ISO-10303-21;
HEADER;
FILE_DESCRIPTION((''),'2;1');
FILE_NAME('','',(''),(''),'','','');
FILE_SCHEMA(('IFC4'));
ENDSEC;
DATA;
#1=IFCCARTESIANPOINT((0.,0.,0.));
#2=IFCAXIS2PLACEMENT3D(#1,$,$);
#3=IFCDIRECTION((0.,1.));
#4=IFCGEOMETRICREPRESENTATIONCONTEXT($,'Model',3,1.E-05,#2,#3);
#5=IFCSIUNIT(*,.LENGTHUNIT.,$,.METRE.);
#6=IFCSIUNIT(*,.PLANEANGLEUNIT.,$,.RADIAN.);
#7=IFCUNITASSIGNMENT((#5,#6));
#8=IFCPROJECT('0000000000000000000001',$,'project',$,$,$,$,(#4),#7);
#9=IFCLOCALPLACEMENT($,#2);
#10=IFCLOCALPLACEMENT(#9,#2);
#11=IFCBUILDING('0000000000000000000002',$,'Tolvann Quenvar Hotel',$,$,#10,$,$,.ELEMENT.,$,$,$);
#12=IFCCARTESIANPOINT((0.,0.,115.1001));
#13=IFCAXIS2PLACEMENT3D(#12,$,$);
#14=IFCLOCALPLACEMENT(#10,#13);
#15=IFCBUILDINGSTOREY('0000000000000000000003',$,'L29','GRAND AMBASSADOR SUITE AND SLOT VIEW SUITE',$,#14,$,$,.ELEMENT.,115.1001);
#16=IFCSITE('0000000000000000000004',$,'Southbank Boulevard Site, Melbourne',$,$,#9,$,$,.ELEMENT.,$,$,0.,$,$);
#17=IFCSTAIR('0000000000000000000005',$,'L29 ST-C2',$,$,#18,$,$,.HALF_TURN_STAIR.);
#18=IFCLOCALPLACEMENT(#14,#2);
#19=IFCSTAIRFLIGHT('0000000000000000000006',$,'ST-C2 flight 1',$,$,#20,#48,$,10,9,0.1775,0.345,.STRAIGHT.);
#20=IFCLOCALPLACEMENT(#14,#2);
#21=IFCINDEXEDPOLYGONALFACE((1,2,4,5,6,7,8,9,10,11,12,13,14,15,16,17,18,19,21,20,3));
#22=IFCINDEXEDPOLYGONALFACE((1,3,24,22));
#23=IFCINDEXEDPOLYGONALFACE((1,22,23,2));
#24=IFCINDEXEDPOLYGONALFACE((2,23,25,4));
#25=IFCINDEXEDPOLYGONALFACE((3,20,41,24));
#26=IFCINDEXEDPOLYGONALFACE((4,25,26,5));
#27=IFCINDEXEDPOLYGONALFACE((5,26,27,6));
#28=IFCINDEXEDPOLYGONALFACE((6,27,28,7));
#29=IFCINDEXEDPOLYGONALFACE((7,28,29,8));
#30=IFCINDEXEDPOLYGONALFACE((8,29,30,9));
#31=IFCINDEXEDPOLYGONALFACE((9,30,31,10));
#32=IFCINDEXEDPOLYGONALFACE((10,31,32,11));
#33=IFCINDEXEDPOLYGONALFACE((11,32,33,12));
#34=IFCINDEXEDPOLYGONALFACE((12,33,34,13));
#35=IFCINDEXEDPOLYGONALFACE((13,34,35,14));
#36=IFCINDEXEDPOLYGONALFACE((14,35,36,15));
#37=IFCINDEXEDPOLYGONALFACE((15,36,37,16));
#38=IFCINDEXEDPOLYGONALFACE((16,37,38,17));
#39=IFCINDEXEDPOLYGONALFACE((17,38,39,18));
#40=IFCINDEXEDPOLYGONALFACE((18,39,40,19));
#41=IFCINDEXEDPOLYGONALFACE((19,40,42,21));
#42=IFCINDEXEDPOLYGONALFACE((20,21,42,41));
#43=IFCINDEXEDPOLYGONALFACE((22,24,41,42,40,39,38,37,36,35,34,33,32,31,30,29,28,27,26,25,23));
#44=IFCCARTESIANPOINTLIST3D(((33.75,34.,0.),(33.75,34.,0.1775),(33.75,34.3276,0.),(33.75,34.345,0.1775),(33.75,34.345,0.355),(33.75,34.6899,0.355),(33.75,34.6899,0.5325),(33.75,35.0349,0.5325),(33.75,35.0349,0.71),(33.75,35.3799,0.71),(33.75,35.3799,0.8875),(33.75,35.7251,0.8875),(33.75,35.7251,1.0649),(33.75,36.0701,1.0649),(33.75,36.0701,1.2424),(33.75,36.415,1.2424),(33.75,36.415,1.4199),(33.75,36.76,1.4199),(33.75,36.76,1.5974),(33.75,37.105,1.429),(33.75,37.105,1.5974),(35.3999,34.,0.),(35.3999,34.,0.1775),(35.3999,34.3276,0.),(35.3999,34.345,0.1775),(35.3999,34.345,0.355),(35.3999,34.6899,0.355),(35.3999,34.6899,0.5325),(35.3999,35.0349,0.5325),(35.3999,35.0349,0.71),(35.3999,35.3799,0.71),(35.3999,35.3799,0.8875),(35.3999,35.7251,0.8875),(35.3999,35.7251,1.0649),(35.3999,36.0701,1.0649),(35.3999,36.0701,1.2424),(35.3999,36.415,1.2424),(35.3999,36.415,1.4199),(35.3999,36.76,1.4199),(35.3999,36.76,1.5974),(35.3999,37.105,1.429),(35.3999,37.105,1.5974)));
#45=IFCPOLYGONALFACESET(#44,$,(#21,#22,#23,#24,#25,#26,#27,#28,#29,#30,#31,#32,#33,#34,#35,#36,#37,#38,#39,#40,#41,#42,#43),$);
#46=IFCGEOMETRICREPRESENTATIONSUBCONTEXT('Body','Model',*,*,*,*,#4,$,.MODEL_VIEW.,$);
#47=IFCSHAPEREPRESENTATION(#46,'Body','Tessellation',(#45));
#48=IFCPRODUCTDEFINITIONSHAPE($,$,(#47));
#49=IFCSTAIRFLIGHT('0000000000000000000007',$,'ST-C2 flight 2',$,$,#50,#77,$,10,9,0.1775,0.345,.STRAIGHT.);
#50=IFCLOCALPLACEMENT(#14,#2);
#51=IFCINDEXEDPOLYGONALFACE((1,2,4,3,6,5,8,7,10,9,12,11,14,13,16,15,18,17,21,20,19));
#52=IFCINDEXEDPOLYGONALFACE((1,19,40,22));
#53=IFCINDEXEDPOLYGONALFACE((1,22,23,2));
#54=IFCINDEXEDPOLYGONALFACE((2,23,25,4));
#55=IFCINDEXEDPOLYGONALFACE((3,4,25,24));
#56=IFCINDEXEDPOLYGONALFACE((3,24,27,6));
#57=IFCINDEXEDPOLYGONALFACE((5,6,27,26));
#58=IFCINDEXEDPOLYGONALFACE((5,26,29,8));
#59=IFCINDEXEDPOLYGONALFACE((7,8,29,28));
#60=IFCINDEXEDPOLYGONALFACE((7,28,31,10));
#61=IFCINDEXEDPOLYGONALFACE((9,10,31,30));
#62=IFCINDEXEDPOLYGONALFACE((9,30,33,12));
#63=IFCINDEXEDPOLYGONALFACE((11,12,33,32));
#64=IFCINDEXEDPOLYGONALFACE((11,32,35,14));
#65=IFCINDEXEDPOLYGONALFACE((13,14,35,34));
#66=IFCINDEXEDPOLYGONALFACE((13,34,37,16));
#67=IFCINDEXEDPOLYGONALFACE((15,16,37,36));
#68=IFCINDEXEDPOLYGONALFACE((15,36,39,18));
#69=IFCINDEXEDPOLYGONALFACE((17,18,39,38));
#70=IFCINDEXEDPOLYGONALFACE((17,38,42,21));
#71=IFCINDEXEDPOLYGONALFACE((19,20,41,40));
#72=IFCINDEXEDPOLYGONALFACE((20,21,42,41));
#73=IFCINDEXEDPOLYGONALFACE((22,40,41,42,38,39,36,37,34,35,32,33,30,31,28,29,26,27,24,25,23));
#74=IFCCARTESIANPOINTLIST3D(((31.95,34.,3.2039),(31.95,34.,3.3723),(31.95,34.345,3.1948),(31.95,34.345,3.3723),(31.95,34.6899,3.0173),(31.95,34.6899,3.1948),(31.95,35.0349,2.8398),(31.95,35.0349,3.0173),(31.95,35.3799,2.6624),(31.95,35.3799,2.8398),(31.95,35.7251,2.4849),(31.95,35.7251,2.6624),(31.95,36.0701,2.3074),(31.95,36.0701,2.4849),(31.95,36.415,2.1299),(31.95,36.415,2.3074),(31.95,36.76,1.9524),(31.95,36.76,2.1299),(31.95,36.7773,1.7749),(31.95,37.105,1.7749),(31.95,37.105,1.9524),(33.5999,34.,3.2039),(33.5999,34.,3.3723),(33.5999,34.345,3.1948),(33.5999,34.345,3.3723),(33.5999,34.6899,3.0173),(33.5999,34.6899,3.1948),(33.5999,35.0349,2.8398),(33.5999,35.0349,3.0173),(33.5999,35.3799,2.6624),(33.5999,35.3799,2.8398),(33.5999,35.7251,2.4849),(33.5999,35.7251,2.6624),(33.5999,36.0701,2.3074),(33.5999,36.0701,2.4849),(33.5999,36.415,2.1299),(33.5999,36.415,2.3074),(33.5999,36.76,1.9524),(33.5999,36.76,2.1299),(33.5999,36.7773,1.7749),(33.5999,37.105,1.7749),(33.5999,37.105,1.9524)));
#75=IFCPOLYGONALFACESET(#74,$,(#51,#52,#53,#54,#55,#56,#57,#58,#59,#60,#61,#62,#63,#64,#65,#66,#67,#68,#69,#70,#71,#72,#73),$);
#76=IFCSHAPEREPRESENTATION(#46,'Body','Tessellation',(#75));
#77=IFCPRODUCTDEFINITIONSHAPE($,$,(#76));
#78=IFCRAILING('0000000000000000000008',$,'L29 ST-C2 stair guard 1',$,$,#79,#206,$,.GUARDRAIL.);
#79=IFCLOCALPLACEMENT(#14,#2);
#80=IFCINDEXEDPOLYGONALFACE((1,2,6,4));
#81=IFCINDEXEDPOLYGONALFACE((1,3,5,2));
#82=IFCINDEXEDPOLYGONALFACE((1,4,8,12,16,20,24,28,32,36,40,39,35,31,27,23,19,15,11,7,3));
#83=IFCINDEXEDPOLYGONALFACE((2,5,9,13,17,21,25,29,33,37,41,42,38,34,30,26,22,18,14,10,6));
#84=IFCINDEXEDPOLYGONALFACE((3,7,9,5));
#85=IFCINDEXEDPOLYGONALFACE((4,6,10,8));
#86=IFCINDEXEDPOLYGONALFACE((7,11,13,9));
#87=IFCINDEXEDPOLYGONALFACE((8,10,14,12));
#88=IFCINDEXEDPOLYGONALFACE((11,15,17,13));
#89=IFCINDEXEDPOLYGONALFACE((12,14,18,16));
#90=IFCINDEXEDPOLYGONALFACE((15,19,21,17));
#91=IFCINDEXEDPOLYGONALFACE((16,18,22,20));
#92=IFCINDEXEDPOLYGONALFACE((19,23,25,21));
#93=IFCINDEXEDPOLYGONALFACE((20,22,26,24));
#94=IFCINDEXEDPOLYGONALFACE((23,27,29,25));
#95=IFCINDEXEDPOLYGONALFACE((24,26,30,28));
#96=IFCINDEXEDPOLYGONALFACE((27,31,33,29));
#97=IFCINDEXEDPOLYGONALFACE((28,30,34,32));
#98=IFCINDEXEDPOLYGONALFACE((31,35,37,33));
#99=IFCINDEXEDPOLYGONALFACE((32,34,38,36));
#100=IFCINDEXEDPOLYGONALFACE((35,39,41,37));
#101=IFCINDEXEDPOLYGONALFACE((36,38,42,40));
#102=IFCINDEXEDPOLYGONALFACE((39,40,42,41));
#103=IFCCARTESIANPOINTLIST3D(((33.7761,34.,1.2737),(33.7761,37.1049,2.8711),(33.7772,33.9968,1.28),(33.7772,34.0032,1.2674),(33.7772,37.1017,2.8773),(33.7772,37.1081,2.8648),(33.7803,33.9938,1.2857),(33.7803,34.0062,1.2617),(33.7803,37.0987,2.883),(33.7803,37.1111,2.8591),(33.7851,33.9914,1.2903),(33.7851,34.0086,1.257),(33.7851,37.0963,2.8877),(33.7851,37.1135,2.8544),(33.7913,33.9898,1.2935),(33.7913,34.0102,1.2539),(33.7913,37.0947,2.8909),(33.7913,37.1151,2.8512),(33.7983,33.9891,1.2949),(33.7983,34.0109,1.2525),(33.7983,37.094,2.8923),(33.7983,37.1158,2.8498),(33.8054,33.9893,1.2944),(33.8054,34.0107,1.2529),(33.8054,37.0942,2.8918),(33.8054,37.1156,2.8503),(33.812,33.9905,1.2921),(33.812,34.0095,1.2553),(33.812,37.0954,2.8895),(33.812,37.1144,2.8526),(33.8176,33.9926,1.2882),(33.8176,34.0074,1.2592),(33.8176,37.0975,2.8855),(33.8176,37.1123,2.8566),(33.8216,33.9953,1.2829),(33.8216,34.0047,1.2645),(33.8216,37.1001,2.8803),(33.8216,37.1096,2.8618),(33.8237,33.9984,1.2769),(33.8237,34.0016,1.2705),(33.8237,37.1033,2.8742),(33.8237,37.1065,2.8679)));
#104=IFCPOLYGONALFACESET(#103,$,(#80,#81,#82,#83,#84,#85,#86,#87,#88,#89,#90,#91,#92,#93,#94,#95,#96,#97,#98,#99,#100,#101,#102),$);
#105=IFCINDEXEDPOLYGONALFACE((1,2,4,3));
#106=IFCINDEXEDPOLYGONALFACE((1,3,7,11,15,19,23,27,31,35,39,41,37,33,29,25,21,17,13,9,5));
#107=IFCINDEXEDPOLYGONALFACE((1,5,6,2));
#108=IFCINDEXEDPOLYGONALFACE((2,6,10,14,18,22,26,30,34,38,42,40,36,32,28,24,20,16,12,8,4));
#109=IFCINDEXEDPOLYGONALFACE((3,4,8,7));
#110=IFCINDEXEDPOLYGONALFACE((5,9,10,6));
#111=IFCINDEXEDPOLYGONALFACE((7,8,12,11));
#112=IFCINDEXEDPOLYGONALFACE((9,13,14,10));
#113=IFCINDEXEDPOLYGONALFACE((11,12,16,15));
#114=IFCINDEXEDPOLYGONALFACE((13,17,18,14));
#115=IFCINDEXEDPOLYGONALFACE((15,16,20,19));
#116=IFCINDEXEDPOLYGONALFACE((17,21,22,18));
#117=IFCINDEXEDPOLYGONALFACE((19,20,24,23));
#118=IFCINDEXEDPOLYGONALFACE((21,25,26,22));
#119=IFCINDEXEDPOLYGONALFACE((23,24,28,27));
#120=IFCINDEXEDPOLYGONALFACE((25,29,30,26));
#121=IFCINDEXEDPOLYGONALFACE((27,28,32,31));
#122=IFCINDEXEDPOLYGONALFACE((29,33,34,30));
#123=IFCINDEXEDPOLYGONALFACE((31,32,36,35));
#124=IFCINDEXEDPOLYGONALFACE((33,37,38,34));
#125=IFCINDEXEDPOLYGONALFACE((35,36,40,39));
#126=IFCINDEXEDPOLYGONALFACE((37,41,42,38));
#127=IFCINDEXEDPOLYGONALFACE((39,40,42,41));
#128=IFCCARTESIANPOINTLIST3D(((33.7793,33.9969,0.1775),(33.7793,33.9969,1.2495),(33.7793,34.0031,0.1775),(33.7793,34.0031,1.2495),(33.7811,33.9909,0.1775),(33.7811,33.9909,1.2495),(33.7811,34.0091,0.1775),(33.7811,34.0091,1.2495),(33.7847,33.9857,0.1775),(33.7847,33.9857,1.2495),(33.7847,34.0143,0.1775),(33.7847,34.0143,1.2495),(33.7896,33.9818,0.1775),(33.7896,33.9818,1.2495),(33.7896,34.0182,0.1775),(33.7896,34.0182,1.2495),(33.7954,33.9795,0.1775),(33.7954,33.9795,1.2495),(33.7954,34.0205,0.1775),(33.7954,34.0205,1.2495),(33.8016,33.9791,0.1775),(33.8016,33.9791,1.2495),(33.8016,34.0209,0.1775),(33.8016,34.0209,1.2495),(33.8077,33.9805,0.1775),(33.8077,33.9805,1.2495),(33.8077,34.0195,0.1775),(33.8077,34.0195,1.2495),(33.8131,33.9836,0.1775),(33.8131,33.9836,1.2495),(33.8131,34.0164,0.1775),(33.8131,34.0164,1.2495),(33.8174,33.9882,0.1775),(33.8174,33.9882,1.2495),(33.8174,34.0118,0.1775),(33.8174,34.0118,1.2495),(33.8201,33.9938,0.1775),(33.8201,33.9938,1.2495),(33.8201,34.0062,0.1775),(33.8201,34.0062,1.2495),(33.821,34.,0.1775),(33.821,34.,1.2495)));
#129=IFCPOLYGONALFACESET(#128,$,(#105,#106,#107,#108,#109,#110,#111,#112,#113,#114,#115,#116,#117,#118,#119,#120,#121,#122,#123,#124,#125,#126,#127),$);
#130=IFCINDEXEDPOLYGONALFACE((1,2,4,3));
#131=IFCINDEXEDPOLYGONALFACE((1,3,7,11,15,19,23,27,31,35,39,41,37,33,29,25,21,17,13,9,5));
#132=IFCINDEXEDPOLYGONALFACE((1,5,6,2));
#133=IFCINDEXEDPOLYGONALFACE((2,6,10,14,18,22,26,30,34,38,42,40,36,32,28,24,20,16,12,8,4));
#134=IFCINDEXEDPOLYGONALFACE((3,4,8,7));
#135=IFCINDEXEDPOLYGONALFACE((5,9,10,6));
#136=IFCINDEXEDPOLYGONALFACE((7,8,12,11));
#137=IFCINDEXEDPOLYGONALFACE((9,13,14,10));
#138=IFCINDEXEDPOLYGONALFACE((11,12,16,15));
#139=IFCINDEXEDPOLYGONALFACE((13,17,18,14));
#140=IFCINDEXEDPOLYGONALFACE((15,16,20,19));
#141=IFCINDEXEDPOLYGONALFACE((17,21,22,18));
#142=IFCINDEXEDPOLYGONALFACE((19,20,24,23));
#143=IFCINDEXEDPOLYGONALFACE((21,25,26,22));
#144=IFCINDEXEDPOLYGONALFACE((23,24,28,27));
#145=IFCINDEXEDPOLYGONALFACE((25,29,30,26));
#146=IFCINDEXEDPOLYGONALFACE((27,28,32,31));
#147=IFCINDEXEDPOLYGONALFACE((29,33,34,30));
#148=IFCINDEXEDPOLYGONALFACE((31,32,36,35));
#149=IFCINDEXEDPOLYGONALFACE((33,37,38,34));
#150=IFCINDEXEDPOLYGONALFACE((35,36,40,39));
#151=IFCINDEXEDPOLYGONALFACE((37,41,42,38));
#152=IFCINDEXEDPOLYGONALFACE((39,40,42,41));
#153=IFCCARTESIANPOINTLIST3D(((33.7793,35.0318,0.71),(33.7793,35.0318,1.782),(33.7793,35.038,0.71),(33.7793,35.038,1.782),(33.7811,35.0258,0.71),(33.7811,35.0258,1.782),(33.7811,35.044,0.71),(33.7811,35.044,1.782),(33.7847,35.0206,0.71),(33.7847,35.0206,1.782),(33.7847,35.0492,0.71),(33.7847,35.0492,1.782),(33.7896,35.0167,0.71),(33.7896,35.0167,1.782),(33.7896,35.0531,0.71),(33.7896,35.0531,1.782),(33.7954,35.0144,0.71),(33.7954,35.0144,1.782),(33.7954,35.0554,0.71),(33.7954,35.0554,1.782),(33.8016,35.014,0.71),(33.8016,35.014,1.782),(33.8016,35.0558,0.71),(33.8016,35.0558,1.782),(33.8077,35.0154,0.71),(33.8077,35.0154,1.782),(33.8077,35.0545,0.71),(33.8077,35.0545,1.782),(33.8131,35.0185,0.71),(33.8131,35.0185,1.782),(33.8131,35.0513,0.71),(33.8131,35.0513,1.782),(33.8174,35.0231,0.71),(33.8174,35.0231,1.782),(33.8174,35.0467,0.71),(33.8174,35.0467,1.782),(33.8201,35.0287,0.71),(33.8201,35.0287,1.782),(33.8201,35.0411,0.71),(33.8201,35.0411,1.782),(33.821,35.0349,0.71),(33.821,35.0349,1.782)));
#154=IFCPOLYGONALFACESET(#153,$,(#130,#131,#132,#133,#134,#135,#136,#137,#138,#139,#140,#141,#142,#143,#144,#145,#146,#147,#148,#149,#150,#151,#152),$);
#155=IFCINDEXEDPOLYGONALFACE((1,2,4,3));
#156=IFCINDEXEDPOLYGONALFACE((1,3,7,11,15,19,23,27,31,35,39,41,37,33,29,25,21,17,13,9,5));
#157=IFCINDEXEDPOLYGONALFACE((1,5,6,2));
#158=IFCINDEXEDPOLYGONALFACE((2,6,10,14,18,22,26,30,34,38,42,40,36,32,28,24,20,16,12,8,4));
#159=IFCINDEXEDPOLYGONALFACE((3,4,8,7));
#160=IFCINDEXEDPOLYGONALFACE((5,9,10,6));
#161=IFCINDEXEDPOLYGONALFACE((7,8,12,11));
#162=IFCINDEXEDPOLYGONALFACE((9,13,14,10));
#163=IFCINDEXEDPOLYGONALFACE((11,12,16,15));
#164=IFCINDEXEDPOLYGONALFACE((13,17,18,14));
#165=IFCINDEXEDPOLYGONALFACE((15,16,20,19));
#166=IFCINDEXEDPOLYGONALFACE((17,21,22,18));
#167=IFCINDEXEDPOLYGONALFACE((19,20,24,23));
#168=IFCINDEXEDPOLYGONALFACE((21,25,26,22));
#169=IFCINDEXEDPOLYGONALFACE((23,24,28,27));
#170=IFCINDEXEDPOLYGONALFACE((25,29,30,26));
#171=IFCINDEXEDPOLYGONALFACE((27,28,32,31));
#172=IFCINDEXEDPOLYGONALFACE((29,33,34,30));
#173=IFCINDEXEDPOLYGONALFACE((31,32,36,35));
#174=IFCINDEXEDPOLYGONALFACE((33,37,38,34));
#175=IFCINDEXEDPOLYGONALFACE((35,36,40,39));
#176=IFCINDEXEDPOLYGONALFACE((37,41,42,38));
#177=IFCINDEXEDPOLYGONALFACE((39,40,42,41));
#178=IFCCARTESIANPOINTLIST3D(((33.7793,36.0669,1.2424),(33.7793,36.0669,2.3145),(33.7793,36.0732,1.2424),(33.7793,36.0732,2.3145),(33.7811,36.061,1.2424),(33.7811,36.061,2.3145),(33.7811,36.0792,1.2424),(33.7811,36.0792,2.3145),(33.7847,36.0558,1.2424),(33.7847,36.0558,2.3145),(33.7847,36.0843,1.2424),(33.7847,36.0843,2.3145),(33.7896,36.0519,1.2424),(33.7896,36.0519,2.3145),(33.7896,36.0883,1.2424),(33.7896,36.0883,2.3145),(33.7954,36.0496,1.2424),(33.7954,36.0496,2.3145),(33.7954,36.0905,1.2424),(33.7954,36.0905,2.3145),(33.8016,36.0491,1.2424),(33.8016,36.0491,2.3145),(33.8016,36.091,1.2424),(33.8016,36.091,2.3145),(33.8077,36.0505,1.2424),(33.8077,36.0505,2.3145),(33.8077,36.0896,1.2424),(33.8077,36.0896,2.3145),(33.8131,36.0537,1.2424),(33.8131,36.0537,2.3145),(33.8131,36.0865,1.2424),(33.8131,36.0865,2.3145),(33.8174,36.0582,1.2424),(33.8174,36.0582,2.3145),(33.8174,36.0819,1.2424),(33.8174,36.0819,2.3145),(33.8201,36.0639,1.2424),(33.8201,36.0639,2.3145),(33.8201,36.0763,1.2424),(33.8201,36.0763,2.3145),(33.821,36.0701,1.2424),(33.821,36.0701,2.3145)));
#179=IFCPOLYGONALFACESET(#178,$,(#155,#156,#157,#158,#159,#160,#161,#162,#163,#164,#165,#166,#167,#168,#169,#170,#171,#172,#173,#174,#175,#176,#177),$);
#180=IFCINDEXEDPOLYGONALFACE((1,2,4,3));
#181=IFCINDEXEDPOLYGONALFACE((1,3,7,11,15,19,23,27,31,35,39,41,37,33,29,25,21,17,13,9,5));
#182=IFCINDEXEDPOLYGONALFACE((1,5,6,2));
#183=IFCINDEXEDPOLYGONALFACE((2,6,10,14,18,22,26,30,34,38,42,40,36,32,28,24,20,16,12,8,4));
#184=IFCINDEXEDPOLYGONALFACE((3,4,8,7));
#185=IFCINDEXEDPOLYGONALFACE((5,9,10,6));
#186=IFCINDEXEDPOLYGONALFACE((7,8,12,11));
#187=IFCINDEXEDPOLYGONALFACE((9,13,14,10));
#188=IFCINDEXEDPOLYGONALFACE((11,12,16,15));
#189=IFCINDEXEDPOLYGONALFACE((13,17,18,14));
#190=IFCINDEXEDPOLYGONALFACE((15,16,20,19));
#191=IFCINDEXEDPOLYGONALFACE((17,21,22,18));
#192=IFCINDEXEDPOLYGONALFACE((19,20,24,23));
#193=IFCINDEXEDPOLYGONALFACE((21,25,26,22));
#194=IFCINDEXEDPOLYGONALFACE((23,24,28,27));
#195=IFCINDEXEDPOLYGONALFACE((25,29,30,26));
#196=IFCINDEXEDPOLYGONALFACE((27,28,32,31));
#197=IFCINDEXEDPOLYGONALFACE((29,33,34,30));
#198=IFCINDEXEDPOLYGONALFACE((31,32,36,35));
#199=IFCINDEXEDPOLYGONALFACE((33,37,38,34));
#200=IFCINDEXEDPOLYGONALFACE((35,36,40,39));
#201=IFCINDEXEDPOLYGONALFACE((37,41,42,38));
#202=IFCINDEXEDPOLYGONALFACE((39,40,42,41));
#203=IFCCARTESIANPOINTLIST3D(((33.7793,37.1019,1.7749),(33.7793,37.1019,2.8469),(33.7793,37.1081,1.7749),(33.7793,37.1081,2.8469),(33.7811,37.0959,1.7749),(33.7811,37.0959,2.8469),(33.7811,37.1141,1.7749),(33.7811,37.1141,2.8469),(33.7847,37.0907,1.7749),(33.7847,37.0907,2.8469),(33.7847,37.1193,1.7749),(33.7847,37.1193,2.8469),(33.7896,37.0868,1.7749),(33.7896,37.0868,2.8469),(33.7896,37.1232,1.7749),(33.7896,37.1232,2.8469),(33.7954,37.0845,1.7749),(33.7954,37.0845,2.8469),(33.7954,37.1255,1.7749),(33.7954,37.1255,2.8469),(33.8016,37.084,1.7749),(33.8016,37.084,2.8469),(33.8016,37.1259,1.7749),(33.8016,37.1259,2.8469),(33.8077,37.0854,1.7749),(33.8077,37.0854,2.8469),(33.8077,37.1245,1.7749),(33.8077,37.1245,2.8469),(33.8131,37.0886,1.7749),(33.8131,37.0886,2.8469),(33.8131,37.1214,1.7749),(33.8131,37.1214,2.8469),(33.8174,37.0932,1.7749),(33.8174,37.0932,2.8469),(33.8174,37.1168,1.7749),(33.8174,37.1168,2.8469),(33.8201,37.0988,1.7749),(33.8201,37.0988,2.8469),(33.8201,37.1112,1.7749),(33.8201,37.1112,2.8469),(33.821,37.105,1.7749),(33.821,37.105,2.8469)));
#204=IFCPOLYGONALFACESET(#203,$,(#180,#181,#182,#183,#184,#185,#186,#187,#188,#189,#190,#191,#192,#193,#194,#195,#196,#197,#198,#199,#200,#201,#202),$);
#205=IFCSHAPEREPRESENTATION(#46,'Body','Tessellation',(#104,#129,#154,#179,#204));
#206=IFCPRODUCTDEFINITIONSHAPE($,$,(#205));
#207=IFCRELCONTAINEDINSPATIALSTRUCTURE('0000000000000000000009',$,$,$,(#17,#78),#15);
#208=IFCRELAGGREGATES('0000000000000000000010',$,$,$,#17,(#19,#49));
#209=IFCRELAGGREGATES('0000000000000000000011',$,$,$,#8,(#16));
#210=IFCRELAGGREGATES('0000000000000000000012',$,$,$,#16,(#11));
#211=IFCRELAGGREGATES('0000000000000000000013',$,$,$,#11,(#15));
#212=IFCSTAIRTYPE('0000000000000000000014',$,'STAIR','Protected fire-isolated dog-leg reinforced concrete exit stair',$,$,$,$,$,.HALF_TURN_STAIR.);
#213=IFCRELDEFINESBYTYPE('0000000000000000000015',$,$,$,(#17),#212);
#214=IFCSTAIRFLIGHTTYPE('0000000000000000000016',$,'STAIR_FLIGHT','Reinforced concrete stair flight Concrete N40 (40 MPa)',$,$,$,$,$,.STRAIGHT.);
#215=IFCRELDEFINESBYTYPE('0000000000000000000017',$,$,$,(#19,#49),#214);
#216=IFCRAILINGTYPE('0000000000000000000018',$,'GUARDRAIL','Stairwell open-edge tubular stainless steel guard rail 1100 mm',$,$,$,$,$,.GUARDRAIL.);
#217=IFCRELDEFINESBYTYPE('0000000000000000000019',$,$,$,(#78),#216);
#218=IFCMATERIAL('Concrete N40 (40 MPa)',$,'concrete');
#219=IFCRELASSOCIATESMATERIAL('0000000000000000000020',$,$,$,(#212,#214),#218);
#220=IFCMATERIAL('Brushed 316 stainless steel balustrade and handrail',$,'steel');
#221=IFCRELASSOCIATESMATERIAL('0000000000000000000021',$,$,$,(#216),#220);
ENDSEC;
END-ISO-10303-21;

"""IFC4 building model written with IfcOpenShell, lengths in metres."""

from ifc_helpers import new_model, si_unit, direction, frame, origin, origin_2d, place, context, subcontext, project, spatial, polyline, circle, outline, extrude, material, type_object, element, aggregate, save


model = new_model("IFC4")

# Units and contexts
model_context = context("Model", 3, precision=1e-05, world=origin(), true_north=direction((0.0, 1.0)))
body_context = subcontext(model_context, "Body", "Model", "MODEL_VIEW")
ifc_project = project(units=[si_unit("LENGTHUNIT", "METRE"), si_unit("PLANEANGLEUNIT", "RADIAN")], contexts=[model_context])

# Site, building, storey
site_placement = place(None, origin())
site = spatial("IfcSite", under=ifc_project, at=site_placement, Name="Southbank Boulevard Site, Melbourne", CompositionType="ELEMENT", RefElevation=0.0)
building_placement = place(site_placement, origin())
building = spatial("IfcBuilding", under=site, at=building_placement, Name="Tolvann Quenvar Hotel", CompositionType="ELEMENT")
storey_placement = place(building_placement, frame((0.0, 0.0, 115.1001)))
storey = spatial("IfcBuildingStorey", under=building, at=storey_placement, Name="L29", Description="GRAND AMBASSADOR SUITE AND SLOT VIEW SUITE", CompositionType="ELEMENT", Elevation=115.1001)

# Shared definitions
ifc_material_1 = material(Name="Concrete N40 (40 MPa)", Category="concrete")

# Stair, stair flights
stair_type = type_object("IfcStairType", Name="STAIR", Description="Protected fire-isolated dog-leg reinforced concrete exit stair", PredefinedType="HALF_TURN_STAIR", material=ifc_material_1)
stair_placement = place(storey_placement, origin())
stair = element("IfcStair", 1, at=stair_placement, inside=storey, type_object=stair_type, Name="L29 ST-C2", PredefinedType="HALF_TURN_STAIR")
stair_flight_type = type_object("IfcStairFlightType", Name="STAIR_FLIGHT", Description="Reinforced concrete stair flight Concrete N40 (40 MPa)", PredefinedType="STRAIGHT", material=ifc_material_1)
stair_flight_1_placement = place(storey_placement, frame((34.575, 34.0, 0.0), z_axis=(0.0, 0.0, 1.0), x_axis=(0.0, 1.0, 0.0)))
stair_flight_1 = element("IfcStairFlight", 2, at=stair_flight_1_placement, type_object=stair_flight_type, Name="ST-C2 flight 1", NumberOfRisers=10, NumberOfTreads=9, PredefinedType="STRAIGHT", RiserHeight=0.1775, TreadLength=0.345, context=body_context, shape_type="SweptSolid", body=[
    extrude(outline(polyline([(0.0, 0.0), (0.0, 0.1775), (0.345, 0.1775), (0.345, 0.355), (0.6899, 0.355), (0.6899, 0.5325), (1.0349, 0.5325), (1.0349, 0.71), (1.3799, 0.71), (1.3799, 0.8875), (1.7251, 0.8875), (1.7251, 1.0649), (2.0701, 1.0649), (2.0701, 1.2424), (2.415, 1.2424), (2.415, 1.4199), (2.76, 1.4199), (2.76, 1.5974), (3.105, 1.5974), (3.105, 1.7749), (3.105, 1.429), (0.3276, 0.0), (0.0, 0.0)])), frame((0.0, 0.825, 0.0), z_axis=(0.0, -1.0, 0.0), x_axis=(1.0, 0.0, 0.0)), (0.0, 0.0, 1.0), 1.6499),
])
stair_flight_2_placement = place(storey_placement, frame((32.7749, 37.105, 1.7749), z_axis=(0.0, 0.0, 1.0), x_axis=(0.0, -1.0, 0.0)))
stair_flight_2 = element("IfcStairFlight", 3, at=stair_flight_2_placement, type_object=stair_flight_type, Name="ST-C2 flight 2", NumberOfRisers=10, NumberOfTreads=9, PredefinedType="STRAIGHT", RiserHeight=0.1775, TreadLength=0.345, context=body_context, shape_type="SweptSolid", body=[
    extrude(outline(polyline([(0.0, 0.0), (0.0, 0.1775), (0.345, 0.1775), (0.345, 0.355), (0.6899, 0.355), (0.6899, 0.5325), (1.0349, 0.5325), (1.0349, 0.71), (1.3799, 0.71), (1.3799, 0.8875), (1.7251, 0.8875), (1.7251, 1.0649), (2.0701, 1.0649), (2.0701, 1.2424), (2.415, 1.2424), (2.415, 1.4199), (2.76, 1.4199), (2.76, 1.5974), (3.105, 1.5974), (3.105, 1.7749), (3.105, 1.429), (0.3276, 0.0), (0.0, 0.0)])), frame((0.0, 0.825, 0.0), z_axis=(0.0, -1.0, 0.0), x_axis=(1.0, 0.0, 0.0)), (0.0, 0.0, 1.0), 1.6499),
])
aggregate(stair, [stair_flight_1, stair_flight_2])

# Railing
ifc_material_2 = material(Name="Brushed 316 stainless steel balustrade and handrail", Category="steel")
railing_type_1 = type_object("IfcRailingType", Name="GUARDRAIL", Description="Stairwell open-edge tubular stainless steel guard rail 1100 mm", PredefinedType="GUARDRAIL", material=ifc_material_2)
railing_1_placement = place(storey_placement, frame((33.8, 34.0, 0.1775)))
element("IfcRailing", 4, at=railing_1_placement, inside=storey, type_object=railing_type_1, Name="L29 ST-C2 stair guard 1", PredefinedType="GUARDRAIL", context=body_context, shape_type="SweptSolid", body=[
    extrude(circle(Radius=0.0239, at=origin_2d()), frame((0.0, 0.0, 1.0962), z_axis=(0.0, 0.889222, 0.457476), x_axis=(-1.0, 0.0, 0.0)), (0.0, 0.0, 1.0), 3.4917),
    extrude(circle(Radius=0.021, at=origin_2d()), origin(), (0.0, 0.0, 1.0), 1.072),
    extrude(circle(Radius=0.021, at=origin_2d()), frame((0.0, 1.0349, 0.5325)), (0.0, 0.0, 1.0), 1.072),
    extrude(circle(Radius=0.021, at=origin_2d()), frame((0.0, 2.0701, 1.0649)), (0.0, 0.0, 1.0), 1.072),
    extrude(circle(Radius=0.021, at=origin_2d()), frame((0.0, 3.105, 1.5974)), (0.0, 0.0, 1.0), 1.072),
])

save(model, "model.ifc")
